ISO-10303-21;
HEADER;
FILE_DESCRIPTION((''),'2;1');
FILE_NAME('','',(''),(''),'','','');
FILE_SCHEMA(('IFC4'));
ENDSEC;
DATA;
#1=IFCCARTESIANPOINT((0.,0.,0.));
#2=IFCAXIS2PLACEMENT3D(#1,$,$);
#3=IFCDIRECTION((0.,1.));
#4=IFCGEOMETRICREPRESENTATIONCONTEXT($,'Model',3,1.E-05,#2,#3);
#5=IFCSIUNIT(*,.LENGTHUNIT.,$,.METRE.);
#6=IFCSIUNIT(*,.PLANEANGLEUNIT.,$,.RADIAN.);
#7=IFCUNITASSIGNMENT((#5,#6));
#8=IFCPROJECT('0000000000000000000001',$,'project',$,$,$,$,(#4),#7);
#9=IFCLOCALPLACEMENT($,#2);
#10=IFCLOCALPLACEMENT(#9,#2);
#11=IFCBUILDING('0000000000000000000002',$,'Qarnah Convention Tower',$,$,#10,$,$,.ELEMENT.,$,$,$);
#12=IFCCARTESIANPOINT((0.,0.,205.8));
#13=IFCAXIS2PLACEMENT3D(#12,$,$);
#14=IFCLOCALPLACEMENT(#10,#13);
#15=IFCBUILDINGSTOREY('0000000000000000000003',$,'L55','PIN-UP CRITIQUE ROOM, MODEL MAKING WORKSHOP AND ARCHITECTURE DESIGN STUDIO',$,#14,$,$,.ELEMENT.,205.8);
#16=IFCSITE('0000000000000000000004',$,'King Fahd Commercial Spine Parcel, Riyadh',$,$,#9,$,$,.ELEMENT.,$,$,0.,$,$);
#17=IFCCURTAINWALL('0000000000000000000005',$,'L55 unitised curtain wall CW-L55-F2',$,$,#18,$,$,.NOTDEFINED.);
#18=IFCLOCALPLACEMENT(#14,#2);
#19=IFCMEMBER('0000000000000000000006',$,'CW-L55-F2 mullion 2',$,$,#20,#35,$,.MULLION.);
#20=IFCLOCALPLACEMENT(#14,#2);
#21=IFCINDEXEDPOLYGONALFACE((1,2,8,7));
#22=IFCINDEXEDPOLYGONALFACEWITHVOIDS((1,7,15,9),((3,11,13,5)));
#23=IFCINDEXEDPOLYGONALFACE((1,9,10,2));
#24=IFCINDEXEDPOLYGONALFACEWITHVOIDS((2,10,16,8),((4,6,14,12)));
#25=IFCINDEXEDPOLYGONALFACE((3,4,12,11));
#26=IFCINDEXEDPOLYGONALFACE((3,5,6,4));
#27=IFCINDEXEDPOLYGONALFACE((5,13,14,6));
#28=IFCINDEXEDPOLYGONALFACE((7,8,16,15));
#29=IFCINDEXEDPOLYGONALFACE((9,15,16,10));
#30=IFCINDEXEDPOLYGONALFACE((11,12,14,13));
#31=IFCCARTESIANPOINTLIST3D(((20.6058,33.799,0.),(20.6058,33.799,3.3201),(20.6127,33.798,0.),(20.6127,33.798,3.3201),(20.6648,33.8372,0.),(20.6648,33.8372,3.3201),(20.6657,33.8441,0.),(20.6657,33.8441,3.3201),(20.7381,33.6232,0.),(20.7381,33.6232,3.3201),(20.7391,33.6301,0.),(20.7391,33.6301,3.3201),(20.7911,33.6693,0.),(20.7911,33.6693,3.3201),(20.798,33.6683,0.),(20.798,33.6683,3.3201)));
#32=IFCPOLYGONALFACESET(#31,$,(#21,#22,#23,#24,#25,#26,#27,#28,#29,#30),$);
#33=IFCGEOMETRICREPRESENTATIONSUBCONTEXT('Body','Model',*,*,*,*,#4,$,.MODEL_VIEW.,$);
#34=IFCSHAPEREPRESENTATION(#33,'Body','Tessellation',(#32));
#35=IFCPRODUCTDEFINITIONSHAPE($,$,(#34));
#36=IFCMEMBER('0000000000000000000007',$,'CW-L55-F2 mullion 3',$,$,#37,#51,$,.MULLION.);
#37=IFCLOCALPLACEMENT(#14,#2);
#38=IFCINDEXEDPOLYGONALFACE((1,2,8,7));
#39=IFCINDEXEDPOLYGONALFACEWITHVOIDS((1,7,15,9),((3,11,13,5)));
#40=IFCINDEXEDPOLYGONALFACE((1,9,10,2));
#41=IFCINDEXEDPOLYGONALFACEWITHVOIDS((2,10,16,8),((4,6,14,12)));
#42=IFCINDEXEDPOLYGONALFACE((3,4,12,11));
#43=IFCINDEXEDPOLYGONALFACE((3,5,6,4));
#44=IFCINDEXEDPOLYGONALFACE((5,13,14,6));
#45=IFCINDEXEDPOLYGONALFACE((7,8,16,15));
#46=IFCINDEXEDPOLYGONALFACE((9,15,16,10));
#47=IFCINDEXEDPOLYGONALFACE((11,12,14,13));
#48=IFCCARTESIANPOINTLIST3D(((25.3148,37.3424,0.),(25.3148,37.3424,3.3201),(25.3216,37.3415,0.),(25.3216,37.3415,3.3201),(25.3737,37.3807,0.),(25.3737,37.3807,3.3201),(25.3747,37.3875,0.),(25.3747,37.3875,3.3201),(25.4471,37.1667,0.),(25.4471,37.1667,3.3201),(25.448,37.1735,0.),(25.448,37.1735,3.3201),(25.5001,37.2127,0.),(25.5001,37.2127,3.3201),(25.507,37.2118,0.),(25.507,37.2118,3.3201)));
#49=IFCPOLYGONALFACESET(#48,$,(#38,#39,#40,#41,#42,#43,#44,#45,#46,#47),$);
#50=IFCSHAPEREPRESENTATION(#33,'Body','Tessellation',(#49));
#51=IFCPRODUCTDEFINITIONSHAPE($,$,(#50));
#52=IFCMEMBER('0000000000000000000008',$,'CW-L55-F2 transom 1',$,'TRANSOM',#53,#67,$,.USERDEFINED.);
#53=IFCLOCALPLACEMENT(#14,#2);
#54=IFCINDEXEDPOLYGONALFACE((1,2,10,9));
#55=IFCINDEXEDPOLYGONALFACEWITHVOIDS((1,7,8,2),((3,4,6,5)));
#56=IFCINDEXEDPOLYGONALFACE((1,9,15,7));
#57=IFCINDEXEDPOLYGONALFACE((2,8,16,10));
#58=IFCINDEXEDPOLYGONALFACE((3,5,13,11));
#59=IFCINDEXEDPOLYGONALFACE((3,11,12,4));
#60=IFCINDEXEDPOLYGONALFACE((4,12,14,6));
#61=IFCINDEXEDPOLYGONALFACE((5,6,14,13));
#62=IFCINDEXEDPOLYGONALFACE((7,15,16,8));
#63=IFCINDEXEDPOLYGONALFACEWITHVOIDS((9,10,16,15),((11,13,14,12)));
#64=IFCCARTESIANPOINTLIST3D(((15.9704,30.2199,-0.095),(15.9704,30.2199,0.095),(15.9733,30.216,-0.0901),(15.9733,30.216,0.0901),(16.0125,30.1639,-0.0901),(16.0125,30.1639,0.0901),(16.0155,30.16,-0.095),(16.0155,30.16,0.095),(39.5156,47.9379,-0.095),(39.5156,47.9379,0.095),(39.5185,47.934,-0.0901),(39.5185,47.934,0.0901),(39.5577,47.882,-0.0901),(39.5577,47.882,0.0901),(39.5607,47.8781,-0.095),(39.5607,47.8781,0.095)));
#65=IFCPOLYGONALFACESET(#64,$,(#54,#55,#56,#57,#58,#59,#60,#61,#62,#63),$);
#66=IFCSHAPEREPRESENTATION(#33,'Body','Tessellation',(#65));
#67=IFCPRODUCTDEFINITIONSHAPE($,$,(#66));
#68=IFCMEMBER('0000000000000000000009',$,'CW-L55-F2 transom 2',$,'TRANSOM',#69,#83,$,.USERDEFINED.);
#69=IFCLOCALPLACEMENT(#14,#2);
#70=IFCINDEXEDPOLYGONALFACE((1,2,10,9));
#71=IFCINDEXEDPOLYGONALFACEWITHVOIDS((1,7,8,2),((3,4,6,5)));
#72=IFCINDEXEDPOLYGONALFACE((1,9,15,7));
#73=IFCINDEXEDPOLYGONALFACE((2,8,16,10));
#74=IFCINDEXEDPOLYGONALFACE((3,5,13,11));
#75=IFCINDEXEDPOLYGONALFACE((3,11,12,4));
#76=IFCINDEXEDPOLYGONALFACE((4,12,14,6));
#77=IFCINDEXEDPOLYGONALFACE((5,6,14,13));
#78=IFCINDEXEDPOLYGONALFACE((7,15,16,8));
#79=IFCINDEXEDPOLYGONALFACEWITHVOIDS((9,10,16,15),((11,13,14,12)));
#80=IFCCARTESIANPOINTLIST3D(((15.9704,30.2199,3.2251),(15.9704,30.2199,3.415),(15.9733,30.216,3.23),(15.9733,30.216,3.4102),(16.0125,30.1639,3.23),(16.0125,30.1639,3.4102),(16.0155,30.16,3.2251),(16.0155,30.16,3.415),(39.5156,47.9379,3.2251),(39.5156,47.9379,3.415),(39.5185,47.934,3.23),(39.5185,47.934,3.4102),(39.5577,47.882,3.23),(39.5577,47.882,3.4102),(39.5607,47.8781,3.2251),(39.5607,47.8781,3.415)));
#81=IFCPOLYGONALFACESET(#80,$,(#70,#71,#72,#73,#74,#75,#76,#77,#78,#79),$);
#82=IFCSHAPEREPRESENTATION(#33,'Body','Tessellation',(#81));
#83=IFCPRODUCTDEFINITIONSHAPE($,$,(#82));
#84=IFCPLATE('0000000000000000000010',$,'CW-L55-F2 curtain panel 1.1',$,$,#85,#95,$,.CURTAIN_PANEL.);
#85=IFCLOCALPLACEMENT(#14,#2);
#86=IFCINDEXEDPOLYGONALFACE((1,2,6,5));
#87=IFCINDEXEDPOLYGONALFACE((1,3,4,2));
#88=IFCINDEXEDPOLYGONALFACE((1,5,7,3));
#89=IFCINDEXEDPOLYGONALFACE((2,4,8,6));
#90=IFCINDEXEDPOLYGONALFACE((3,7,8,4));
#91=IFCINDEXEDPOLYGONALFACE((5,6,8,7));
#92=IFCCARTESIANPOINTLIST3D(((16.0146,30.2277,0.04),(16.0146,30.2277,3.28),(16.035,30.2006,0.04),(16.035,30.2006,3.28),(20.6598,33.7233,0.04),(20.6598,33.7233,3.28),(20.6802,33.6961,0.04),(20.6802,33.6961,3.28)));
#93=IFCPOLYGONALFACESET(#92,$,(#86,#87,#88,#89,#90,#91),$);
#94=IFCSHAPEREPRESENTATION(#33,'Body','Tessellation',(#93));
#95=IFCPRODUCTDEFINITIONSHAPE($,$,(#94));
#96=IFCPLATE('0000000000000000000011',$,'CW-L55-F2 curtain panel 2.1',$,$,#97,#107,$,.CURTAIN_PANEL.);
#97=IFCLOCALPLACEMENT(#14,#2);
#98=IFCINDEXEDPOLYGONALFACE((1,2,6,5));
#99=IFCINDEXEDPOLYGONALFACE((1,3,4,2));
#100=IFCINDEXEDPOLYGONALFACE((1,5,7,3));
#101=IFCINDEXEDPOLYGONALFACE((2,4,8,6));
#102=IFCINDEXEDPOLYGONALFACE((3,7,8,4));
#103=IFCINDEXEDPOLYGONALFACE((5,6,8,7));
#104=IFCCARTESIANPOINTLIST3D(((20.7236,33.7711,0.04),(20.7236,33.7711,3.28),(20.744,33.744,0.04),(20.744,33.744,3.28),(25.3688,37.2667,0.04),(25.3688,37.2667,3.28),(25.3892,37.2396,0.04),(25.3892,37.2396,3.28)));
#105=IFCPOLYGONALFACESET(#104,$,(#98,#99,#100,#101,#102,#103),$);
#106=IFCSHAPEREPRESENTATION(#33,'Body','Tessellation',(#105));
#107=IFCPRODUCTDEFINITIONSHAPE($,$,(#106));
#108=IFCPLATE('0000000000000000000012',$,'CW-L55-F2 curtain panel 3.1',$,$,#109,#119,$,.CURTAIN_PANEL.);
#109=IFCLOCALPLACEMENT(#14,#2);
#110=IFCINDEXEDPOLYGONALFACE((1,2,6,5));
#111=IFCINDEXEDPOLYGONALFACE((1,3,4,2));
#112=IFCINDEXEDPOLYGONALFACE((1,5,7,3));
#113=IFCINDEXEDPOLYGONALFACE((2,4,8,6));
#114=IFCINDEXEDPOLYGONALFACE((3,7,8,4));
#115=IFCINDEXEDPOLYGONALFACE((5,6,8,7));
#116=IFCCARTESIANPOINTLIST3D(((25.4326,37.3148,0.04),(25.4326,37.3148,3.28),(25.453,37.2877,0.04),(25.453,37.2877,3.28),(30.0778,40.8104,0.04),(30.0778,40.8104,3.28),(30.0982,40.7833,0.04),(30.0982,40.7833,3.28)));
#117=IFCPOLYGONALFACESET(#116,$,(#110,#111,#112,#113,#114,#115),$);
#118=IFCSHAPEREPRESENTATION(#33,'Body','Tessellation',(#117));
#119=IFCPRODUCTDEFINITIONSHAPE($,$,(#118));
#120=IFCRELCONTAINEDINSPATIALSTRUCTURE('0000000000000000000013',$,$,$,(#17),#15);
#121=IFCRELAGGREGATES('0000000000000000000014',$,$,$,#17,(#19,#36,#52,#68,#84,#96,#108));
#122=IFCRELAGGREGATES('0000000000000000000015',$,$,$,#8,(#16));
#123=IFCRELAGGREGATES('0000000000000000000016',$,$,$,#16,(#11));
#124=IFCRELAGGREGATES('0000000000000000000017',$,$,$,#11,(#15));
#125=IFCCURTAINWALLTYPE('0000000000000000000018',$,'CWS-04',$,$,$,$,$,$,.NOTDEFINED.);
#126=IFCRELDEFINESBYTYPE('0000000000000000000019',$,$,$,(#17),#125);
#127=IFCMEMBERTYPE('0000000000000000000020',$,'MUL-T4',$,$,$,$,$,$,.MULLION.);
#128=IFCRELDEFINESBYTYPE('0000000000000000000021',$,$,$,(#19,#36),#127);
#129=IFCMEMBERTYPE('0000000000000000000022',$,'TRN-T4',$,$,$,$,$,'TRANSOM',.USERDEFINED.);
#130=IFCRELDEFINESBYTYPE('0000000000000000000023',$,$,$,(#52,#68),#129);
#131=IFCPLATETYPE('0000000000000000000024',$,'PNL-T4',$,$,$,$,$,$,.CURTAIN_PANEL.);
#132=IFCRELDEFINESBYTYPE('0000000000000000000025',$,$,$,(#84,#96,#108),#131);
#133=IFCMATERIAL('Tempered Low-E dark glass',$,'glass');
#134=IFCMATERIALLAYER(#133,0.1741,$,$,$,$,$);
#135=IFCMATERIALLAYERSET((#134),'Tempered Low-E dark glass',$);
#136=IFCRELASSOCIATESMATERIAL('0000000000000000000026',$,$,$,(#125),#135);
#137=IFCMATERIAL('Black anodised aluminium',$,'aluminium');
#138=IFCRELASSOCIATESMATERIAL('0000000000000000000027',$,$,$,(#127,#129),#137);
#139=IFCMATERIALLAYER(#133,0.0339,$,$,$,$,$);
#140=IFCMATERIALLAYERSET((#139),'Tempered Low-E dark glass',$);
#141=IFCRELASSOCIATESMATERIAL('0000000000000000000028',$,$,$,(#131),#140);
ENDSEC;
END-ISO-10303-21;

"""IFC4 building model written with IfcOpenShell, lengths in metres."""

from ifc_helpers import new_model, si_unit, direction, frame, origin, origin_2d, place, context, subcontext, project, spatial, rectangle, hollow_rectangle, extrude, material, layer, layer_set, material_profile, profile_set, type_object, element, aggregate, save


model = new_model("IFC4")

# Units and contexts
model_context = context("Model", 3, precision=1e-05, world=origin(), true_north=direction((0.0, 1.0)))
body_context = subcontext(model_context, "Body", "Model", "MODEL_VIEW")
ifc_project = project(units=[si_unit("LENGTHUNIT", "METRE"), si_unit("PLANEANGLEUNIT", "RADIAN")], contexts=[model_context])

# Site, building, storey
site_placement = place(None, origin())
site = spatial("IfcSite", under=ifc_project, at=site_placement, Name="King Fahd Commercial Spine Parcel, Riyadh", CompositionType="ELEMENT", RefElevation=0.0)
building_placement = place(site_placement, origin())
building = spatial("IfcBuilding", under=site, at=building_placement, Name="Qarnah Convention Tower", CompositionType="ELEMENT")
storey_placement = place(building_placement, frame((0.0, 0.0, 205.8)))
storey = spatial("IfcBuildingStorey", under=building, at=storey_placement, Name="L55", Description="PIN-UP CRITIQUE ROOM, MODEL MAKING WORKSHOP AND ARCHITECTURE DESIGN STUDIO", CompositionType="ELEMENT", Elevation=205.8)

# Curtain wall, members, plates
ifc_material_1 = material(Name="Tempered Low-E dark glass", Category="glass")
ifc_layer_1 = layer(ifc_material_1, 0.1741)
ifc_layer_set_1 = layer_set([ifc_layer_1], Name="Tempered Low-E dark glass")
curtain_wall_type = type_object("IfcCurtainWallType", Name="CWS-04", PredefinedType="NOTDEFINED", material=ifc_layer_set_1)
curtain_wall_placement = place(storey_placement, origin())
curtain_wall = element("IfcCurtainWall", 1, at=curtain_wall_placement, inside=storey, type_object=curtain_wall_type, Name="L55 unitised curtain wall CW-L55-F2", PredefinedType="NOTDEFINED")
ifc_material_2 = material(Name="Black anodised aluminium", Category="aluminium")
ifc_material_profile_1 = material_profile(ifc_material_2, hollow_rectangle(XDim=0.075, YDim=0.22, WallThickness=0.0049, at=origin_2d()), Name="MUL-75X220")
ifc_profile_set_1 = profile_set([ifc_material_profile_1], Name="Black anodised aluminium")
member_type_1 = type_object("IfcMemberType", Name="MUL-T4", PredefinedType="MULLION", material=ifc_profile_set_1)
member_1_placement = place(storey_placement, frame((20.7019, 33.7336, 0.0), z_axis=(0.0, 0.0, 1.0), x_axis=(0.799034, 0.601286, 0.0)))
member_1 = element("IfcMember", 2, at=member_1_placement, type_object=member_type_1, Name="CW-L55-F2 mullion 2", PredefinedType="MULLION", context=body_context, shape_type="SweptSolid", body=[
    extrude(hollow_rectangle(XDim=0.075, YDim=0.22, WallThickness=0.0049, at=origin_2d()), origin(), (0.0, 0.0, 1.0), 3.3201),
])
member_2_placement = place(storey_placement, frame((25.4109, 37.2771, 0.0), z_axis=(0.0, 0.0, 1.0), x_axis=(0.799034, 0.601286, 0.0)))
member_2 = element("IfcMember", 3, at=member_2_placement, type_object=member_type_1, Name="CW-L55-F2 mullion 3", PredefinedType="MULLION", context=body_context, shape_type="SweptSolid", body=[
    extrude(hollow_rectangle(XDim=0.075, YDim=0.22, WallThickness=0.0049, at=origin_2d()), origin(), (0.0, 0.0, 1.0), 3.3201),
])
ifc_material_profile_2 = material_profile(ifc_material_2, hollow_rectangle(XDim=0.075, YDim=0.1899, WallThickness=0.0049, at=origin_2d()), Name="TRN-75X190")
ifc_profile_set_2 = profile_set([ifc_material_profile_2], Name="Black anodised aluminium")
member_type_2 = type_object("IfcMemberType", Name="TRN-T4", ElementType="TRANSOM", PredefinedType="USERDEFINED", material=ifc_profile_set_2)
member_3_placement = place(storey_placement, frame((15.9929, 30.1899, 0.0), z_axis=(0.799036, 0.601284, 0.0), x_axis=(-0.601284, 0.799036, 0.0)))
member_3 = element("IfcMember", 4, at=member_3_placement, type_object=member_type_2, Name="CW-L55-F2 transom 1", ObjectType="TRANSOM", PredefinedType="USERDEFINED", context=body_context, shape_type="SweptSolid", body=[
    extrude(hollow_rectangle(XDim=0.075, YDim=0.1899, WallThickness=0.0049, at=origin_2d()), origin(), (0.0, 0.0, 1.0), 29.467),
])
member_4_placement = place(storey_placement, frame((15.9929, 30.1899, 3.3201), z_axis=(0.799036, 0.601284, 0.0), x_axis=(-0.601284, 0.799036, 0.0)))
member_4 = element("IfcMember", 5, at=member_4_placement, type_object=member_type_2, Name="CW-L55-F2 transom 2", ObjectType="TRANSOM", PredefinedType="USERDEFINED", context=body_context, shape_type="SweptSolid", body=[
    extrude(hollow_rectangle(XDim=0.075, YDim=0.1899, WallThickness=0.0049, at=origin_2d()), origin(), (0.0, 0.0, 1.0), 29.467),
])
ifc_layer_2 = layer(ifc_material_1, 0.0339)
ifc_layer_set_2 = layer_set([ifc_layer_2], Name="Tempered Low-E dark glass")
plate_type = type_object("IfcPlateType", Name="PNL-T4", PredefinedType="CURTAIN_PANEL", material=ifc_layer_set_2)
plate_1_placement = place(storey_placement, frame((18.3474, 31.9619, 0.04), z_axis=(0.0, 0.0, 1.0), x_axis=(0.799034, 0.601286, 0.0)))
plate_1 = element("IfcPlate", 6, at=plate_1_placement, type_object=plate_type, Name="CW-L55-F2 curtain panel 1.1", PredefinedType="CURTAIN_PANEL", context=body_context, shape_type="SweptSolid", body=[
    extrude(rectangle(XDim=5.8135, YDim=0.0339, at=origin_2d()), origin(), (0.0, 0.0, 1.0), 3.24),
])
plate_2_placement = place(storey_placement, frame((23.0564, 35.5054, 0.04), z_axis=(0.0, 0.0, 1.0), x_axis=(0.799034, 0.601286, 0.0)))
plate_2 = element("IfcPlate", 7, at=plate_2_placement, type_object=plate_type, Name="CW-L55-F2 curtain panel 2.1", PredefinedType="CURTAIN_PANEL", context=body_context, shape_type="SweptSolid", body=[
    extrude(rectangle(XDim=5.8135, YDim=0.0339, at=origin_2d()), origin(), (0.0, 0.0, 1.0), 3.24),
])
plate_3_placement = place(storey_placement, frame((27.7654, 39.0491, 0.04), z_axis=(0.0, 0.0, 1.0), x_axis=(0.799034, 0.601286, 0.0)))
plate_3 = element("IfcPlate", 8, at=plate_3_placement, type_object=plate_type, Name="CW-L55-F2 curtain panel 3.1", PredefinedType="CURTAIN_PANEL", context=body_context, shape_type="SweptSolid", body=[
    extrude(rectangle(XDim=5.8135, YDim=0.0339, at=origin_2d()), origin(), (0.0, 0.0, 1.0), 3.24),
])
aggregate(curtain_wall, [member_1, member_2, member_3, member_4, plate_1, plate_2, plate_3])

save(model, "model.ifc")
